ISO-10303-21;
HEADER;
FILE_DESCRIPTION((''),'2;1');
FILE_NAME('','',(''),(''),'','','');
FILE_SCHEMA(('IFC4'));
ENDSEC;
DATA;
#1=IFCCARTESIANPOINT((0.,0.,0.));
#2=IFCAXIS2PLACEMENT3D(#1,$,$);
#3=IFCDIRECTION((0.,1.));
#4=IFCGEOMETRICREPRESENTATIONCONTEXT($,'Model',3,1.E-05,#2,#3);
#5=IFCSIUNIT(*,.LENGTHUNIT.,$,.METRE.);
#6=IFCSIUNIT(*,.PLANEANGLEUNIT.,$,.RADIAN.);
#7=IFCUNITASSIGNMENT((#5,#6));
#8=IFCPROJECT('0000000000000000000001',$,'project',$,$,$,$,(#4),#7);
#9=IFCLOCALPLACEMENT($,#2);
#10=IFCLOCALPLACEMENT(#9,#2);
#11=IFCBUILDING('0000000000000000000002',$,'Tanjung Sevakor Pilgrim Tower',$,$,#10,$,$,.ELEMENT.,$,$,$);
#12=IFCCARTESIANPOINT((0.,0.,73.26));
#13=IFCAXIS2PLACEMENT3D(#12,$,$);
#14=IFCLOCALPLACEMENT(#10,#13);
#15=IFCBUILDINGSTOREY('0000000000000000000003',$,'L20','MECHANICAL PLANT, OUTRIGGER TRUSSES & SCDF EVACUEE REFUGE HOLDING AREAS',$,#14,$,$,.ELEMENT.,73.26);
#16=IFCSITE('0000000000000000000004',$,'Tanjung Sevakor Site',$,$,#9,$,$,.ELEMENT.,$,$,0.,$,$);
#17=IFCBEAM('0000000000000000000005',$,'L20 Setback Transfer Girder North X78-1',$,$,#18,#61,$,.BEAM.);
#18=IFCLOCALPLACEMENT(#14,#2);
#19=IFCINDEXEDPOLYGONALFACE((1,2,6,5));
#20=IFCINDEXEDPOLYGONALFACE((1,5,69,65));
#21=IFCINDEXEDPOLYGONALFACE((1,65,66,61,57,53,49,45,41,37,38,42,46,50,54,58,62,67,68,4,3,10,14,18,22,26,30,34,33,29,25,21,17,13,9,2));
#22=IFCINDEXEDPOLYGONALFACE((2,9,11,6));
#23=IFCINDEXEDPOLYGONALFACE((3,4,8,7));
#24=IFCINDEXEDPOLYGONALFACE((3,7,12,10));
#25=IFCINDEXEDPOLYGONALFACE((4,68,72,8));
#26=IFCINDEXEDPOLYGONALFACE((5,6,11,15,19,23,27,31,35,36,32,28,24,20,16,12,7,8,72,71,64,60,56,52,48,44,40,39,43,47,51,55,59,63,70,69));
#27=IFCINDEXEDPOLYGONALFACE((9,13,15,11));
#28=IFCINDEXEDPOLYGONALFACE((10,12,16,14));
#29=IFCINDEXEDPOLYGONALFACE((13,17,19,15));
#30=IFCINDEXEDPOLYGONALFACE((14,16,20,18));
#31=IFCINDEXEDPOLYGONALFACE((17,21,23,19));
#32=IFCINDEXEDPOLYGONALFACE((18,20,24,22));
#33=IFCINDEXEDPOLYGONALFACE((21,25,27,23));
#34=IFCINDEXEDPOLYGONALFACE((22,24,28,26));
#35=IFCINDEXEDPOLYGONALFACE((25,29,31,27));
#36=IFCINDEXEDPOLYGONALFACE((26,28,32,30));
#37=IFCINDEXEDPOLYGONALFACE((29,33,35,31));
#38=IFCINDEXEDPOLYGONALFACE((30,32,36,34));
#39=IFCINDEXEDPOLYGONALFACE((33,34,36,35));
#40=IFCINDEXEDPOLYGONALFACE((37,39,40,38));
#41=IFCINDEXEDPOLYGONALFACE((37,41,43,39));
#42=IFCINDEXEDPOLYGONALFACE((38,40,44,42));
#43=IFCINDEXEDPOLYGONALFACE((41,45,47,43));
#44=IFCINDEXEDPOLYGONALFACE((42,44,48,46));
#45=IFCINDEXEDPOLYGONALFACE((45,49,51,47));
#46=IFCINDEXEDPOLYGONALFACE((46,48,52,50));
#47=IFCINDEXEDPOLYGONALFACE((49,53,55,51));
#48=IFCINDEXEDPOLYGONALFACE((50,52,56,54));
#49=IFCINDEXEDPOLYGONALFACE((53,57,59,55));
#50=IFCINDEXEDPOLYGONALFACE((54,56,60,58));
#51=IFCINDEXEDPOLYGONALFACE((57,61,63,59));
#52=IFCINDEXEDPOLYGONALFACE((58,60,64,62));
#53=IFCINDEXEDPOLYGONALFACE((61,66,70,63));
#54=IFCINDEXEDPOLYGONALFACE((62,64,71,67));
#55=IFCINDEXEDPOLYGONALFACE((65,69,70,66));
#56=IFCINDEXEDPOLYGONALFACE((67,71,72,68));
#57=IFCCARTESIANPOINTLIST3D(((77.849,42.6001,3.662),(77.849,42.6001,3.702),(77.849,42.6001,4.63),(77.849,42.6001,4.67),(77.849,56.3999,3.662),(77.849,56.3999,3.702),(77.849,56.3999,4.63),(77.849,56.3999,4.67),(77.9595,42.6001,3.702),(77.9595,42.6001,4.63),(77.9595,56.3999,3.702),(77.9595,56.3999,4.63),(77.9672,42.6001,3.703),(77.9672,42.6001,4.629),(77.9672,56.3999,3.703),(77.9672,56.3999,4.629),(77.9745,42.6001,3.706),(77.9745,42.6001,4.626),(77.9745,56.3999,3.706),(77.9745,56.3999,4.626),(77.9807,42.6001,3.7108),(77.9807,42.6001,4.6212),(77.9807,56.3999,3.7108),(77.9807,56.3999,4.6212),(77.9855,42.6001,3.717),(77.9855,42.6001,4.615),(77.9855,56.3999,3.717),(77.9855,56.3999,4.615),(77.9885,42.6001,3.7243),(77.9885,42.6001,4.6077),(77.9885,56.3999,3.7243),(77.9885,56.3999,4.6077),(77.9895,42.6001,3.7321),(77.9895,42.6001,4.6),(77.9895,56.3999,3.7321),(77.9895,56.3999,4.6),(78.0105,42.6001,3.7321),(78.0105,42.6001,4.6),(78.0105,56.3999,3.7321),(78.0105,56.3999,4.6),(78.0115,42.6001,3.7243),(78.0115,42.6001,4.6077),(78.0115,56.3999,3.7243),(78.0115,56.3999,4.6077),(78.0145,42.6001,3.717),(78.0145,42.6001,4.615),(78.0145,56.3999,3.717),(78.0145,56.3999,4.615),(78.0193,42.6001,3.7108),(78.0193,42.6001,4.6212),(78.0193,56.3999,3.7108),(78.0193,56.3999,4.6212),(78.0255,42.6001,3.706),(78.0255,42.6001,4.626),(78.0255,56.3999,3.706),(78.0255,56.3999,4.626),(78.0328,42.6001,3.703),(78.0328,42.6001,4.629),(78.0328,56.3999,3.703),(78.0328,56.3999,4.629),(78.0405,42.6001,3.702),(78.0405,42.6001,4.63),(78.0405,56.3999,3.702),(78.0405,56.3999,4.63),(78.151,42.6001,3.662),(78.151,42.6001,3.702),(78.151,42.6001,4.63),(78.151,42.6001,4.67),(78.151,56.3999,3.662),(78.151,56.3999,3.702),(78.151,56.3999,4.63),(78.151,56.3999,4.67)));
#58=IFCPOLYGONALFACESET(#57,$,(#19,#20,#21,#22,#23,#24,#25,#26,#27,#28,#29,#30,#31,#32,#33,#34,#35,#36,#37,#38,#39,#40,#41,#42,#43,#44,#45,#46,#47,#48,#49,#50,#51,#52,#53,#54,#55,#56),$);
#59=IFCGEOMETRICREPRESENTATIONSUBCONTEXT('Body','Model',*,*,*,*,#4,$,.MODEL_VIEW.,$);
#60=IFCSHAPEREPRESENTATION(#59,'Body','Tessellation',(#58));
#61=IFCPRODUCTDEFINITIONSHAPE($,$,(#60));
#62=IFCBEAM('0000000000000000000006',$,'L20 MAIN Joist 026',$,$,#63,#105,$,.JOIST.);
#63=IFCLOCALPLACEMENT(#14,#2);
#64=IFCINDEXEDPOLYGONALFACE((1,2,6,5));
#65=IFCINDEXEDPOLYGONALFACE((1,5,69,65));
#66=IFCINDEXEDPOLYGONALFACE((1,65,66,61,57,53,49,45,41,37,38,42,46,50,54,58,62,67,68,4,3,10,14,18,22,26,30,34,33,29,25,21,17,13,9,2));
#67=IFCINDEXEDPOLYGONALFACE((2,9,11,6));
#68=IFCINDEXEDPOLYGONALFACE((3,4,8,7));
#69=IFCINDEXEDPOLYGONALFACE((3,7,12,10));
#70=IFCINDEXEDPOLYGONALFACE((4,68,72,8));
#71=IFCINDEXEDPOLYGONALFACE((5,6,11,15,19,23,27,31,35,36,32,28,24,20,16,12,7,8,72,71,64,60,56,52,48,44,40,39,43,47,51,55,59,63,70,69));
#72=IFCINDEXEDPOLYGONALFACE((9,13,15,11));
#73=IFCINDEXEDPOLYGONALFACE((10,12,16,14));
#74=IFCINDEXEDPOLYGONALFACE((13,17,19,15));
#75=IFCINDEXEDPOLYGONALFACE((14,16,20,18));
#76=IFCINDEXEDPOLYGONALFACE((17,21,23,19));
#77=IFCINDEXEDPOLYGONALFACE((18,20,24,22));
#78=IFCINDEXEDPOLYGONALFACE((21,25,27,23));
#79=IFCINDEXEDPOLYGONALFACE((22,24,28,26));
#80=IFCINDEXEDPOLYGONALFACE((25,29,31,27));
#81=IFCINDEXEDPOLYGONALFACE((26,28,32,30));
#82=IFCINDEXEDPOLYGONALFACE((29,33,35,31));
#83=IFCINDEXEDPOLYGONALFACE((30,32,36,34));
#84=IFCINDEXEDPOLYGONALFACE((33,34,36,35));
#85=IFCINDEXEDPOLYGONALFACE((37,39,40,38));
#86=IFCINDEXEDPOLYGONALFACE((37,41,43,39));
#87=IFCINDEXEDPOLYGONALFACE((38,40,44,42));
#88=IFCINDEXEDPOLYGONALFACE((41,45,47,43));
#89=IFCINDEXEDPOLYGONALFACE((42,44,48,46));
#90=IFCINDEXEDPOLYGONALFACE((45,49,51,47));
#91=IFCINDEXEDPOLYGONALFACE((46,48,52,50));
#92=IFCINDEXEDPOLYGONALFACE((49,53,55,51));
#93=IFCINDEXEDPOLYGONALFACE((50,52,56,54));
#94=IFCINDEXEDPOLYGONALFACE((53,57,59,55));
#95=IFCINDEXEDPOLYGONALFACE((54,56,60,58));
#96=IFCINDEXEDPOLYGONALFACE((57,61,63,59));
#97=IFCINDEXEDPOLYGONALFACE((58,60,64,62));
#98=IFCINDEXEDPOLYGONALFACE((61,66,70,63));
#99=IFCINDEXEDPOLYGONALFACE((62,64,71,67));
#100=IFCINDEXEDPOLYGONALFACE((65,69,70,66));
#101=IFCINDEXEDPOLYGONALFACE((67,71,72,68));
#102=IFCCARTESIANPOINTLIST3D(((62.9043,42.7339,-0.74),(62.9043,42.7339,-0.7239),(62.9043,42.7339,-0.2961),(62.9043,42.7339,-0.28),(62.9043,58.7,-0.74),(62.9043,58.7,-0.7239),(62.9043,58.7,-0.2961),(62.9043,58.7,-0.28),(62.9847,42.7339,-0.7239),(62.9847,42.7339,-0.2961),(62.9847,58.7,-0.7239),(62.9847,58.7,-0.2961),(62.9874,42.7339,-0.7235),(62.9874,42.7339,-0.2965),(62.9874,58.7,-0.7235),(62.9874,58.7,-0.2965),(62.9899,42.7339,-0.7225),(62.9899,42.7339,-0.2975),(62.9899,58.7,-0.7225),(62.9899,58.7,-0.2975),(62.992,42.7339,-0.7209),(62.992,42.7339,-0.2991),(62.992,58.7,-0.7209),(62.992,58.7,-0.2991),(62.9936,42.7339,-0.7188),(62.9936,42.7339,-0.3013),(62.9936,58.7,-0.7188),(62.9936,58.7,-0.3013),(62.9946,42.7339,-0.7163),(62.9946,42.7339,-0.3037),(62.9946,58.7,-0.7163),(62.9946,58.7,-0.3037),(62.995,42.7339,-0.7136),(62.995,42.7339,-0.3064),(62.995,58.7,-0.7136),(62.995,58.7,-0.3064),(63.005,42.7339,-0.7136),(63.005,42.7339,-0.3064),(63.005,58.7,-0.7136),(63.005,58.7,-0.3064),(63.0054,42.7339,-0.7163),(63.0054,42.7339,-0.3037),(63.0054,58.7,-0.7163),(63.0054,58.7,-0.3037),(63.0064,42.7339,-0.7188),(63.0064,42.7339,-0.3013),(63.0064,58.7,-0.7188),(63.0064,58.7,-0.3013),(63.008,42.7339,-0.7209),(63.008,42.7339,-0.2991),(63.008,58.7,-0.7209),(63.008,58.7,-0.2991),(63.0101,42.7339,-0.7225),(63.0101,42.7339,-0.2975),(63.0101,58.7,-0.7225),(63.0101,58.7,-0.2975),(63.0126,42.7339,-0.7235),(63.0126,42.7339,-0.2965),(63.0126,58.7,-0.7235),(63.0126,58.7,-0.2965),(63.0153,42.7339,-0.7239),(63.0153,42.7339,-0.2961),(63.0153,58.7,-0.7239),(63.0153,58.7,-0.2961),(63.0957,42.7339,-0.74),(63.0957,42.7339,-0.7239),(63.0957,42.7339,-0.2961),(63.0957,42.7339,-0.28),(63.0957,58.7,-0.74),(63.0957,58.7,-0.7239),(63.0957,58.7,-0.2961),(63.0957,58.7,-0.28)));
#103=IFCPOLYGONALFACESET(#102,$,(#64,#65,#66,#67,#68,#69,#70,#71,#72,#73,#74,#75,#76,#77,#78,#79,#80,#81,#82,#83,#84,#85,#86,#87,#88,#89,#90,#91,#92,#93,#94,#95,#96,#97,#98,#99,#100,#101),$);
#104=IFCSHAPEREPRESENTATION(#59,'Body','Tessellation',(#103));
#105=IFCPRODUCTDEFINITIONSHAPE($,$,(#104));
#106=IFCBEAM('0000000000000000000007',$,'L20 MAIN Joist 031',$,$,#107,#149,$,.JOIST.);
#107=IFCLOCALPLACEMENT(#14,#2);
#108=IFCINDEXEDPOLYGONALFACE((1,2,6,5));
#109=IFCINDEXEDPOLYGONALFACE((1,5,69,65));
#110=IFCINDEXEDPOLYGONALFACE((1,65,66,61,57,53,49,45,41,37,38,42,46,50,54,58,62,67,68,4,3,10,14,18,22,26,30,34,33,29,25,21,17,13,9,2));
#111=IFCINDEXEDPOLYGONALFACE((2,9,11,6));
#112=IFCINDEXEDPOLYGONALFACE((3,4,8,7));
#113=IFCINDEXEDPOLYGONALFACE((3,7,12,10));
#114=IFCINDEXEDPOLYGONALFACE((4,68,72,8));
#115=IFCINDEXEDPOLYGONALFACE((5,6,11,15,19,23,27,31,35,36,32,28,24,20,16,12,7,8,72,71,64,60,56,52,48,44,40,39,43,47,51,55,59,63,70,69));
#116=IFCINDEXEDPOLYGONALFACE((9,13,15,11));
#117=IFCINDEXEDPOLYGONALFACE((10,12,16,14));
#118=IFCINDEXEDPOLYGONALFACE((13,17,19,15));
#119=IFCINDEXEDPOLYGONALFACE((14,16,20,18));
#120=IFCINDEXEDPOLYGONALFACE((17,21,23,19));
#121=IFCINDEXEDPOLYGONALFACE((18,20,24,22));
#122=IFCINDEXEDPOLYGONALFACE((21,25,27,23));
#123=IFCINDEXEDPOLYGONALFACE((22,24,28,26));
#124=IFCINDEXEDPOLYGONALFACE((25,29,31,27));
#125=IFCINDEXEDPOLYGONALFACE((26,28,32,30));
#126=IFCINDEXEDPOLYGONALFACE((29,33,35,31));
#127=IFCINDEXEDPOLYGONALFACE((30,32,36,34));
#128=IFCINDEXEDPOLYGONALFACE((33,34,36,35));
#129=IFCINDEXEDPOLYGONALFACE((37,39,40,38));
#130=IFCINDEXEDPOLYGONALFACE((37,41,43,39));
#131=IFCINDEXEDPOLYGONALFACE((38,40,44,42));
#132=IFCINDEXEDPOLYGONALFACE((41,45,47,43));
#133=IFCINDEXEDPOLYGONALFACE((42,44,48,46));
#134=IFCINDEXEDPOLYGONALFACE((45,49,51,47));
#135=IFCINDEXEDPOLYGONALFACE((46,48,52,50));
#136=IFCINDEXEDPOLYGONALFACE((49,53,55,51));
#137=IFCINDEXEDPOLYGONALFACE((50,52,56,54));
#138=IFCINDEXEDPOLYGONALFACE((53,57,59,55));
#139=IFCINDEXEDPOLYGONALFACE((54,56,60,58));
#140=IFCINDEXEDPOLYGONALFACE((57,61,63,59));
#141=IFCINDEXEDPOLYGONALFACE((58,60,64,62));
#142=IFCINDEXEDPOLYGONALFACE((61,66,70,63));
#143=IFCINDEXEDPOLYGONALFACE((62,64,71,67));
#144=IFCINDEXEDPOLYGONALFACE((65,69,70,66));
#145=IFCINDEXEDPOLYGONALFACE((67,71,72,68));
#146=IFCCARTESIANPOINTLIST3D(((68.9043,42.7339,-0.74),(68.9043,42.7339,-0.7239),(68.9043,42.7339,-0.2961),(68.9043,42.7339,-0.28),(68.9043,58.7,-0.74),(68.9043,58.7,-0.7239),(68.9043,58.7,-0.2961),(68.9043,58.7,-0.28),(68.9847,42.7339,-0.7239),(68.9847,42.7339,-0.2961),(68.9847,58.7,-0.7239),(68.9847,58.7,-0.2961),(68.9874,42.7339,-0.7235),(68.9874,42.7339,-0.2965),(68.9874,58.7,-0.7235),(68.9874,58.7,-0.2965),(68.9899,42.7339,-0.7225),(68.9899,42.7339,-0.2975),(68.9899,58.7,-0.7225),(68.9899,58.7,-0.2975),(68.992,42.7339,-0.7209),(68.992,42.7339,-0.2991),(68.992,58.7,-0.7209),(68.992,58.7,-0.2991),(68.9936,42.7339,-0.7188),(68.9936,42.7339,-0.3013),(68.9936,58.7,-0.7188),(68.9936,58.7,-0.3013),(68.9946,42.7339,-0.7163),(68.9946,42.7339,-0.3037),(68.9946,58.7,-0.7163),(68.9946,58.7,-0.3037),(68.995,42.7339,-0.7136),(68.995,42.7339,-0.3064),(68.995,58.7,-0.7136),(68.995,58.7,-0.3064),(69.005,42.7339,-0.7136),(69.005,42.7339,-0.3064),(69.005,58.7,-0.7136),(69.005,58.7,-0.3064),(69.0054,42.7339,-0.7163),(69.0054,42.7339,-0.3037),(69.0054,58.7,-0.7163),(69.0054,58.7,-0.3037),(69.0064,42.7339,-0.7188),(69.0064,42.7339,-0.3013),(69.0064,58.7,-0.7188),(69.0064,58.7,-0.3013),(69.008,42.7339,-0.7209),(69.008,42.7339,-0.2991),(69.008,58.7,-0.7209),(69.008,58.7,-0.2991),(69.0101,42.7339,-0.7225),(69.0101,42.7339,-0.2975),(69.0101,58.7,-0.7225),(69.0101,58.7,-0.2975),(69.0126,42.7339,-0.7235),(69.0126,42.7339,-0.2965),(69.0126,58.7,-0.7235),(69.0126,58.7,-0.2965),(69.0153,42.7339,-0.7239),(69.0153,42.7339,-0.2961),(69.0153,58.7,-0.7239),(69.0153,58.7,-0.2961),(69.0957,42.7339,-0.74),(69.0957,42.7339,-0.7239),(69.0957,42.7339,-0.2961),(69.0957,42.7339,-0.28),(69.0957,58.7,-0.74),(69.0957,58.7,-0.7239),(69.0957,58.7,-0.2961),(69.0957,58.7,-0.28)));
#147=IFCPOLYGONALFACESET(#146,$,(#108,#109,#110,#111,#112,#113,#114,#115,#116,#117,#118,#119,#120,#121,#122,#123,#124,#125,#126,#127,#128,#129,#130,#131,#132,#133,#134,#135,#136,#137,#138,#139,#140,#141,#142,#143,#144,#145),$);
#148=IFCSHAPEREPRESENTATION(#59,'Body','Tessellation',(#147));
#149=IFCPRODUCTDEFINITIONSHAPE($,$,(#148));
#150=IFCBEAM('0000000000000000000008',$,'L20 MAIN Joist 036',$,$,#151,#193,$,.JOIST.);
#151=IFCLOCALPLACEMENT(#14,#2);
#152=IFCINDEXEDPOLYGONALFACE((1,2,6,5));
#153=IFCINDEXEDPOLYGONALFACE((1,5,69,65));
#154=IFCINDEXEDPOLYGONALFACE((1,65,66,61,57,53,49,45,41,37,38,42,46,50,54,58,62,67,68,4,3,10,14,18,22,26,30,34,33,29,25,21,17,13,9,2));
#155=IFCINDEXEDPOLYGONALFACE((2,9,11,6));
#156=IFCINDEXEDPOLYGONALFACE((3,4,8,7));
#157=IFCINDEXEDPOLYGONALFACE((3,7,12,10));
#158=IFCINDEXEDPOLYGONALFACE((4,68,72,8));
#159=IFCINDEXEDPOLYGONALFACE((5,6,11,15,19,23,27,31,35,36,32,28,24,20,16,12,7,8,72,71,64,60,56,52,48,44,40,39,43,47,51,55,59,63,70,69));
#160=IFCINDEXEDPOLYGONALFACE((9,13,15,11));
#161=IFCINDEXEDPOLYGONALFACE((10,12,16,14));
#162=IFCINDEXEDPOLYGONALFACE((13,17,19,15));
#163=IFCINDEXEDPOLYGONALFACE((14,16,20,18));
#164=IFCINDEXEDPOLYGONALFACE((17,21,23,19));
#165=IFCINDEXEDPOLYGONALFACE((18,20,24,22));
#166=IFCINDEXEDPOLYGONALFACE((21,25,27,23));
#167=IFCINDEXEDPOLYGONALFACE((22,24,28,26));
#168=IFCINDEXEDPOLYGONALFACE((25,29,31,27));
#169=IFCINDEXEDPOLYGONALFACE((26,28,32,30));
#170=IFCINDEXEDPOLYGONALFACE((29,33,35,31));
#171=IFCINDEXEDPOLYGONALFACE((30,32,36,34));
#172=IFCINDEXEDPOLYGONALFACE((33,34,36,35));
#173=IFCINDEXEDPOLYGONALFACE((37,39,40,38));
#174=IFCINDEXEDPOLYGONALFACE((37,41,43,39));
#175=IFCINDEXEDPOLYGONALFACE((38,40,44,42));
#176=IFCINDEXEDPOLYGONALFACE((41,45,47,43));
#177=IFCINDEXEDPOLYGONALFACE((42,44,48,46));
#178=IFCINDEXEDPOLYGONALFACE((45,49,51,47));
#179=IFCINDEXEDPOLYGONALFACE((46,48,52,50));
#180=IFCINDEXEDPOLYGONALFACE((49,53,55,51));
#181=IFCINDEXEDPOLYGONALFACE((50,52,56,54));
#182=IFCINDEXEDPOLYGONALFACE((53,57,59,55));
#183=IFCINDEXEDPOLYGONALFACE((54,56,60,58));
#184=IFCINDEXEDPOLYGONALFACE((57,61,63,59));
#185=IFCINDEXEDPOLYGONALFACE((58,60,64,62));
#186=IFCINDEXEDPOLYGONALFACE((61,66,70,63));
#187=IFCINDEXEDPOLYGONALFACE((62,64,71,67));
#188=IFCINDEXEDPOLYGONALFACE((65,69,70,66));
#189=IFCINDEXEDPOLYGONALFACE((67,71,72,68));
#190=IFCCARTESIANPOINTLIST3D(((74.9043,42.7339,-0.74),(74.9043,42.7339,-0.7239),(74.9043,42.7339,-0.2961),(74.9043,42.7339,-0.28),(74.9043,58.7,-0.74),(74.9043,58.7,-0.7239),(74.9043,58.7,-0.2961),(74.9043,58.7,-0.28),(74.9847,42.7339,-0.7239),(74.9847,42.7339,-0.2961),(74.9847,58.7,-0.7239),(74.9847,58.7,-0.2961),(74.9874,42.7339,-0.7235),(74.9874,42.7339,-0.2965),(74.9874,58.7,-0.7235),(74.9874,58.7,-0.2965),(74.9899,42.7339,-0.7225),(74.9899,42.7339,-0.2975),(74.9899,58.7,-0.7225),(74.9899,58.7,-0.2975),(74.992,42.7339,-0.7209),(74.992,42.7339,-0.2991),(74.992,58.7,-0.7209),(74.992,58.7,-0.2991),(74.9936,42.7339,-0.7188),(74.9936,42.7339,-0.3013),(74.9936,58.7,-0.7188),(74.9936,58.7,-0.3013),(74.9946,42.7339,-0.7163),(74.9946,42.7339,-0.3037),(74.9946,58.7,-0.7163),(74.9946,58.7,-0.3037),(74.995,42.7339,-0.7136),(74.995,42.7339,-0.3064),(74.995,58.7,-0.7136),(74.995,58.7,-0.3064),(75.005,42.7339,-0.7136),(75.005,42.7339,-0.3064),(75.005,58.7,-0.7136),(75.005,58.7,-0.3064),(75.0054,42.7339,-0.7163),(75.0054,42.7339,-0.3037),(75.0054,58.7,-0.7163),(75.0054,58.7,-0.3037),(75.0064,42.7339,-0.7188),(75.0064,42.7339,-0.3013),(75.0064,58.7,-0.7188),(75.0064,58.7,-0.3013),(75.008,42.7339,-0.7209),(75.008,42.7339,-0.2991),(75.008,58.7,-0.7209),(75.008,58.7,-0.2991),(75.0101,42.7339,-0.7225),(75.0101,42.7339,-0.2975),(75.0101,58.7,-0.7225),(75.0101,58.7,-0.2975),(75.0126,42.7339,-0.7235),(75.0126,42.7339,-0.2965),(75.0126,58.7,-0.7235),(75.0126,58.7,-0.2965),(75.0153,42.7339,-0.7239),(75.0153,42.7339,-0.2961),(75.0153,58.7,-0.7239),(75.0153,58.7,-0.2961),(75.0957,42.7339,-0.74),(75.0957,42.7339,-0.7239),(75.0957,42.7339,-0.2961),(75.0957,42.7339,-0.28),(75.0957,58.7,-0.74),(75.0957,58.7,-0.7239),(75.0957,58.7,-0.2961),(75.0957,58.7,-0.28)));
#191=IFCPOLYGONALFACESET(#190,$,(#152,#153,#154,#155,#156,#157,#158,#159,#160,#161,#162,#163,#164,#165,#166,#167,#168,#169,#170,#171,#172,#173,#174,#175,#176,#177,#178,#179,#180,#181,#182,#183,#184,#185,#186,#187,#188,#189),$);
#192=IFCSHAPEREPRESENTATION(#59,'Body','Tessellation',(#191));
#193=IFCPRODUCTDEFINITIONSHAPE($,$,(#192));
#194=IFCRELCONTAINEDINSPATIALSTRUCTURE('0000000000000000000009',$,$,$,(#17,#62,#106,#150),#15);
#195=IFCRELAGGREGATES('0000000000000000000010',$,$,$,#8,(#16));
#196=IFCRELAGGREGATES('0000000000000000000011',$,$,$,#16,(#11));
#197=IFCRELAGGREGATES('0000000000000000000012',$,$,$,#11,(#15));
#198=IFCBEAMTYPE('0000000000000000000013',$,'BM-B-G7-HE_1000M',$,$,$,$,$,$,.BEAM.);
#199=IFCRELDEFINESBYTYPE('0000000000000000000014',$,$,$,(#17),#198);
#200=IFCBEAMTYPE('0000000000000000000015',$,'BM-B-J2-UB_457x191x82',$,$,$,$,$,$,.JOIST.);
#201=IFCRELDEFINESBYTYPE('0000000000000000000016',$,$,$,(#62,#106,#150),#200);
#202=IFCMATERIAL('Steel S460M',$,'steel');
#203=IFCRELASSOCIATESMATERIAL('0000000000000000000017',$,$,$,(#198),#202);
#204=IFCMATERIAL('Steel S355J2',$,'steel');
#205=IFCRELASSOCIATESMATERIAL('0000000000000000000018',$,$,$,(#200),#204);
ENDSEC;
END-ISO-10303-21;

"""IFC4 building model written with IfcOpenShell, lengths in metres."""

from ifc_helpers import new_model, si_unit, direction, frame, origin, origin_2d, place, context, subcontext, project, spatial, i_section, extrude, material, material_profile, profile_set, type_object, element, save


model = new_model("IFC4")

# Units and contexts
model_context = context("Model", 3, precision=1e-05, world=origin(), true_north=direction((0.0, 1.0)))
body_context = subcontext(model_context, "Body", "Model", "MODEL_VIEW")
ifc_project = project(units=[si_unit("LENGTHUNIT", "METRE"), si_unit("PLANEANGLEUNIT", "RADIAN")], contexts=[model_context])

# Site, building, storey
site_placement = place(None, origin())
site = spatial("IfcSite", under=ifc_project, at=site_placement, Name="Tanjung Sevakor Site", CompositionType="ELEMENT", RefElevation=0.0)
building_placement = place(site_placement, origin())
building = spatial("IfcBuilding", under=site, at=building_placement, Name="Tanjung Sevakor Pilgrim Tower", CompositionType="ELEMENT")
storey_placement = place(building_placement, frame((0.0, 0.0, 73.26)))
storey = spatial("IfcBuildingStorey", under=building, at=storey_placement, Name="L20", Description="MECHANICAL PLANT, OUTRIGGER TRUSSES & SCDF EVACUEE REFUGE HOLDING AREAS", CompositionType="ELEMENT", Elevation=73.26)

# Beams
ifc_material_1 = material(Name="Steel S460M", Category="steel")
ifc_material_profile_1 = material_profile(ifc_material_1, i_section(OverallWidth=0.302, OverallDepth=1.0081, WebThickness=0.021, FlangeThickness=0.04, FilletRadius=0.03, at=origin_2d()))
ifc_profile_set_1 = profile_set([ifc_material_profile_1], Name="Steel S460M")
beam_type_1 = type_object("IfcBeamType", Name="BM-B-G7-HE_1000M", PredefinedType="BEAM", material=ifc_profile_set_1)
for number, where, z_axis, x_axis, name in (
    (1, (78.0, 42.6001, 4.166), (0.0, 1.0, 0.0), (-1.0, 0.0, 0.0), "L20 Setback Transfer Girder North X78-1"),
):
    element("IfcBeam", number, at=place(storey_placement, frame(where, z_axis=z_axis, x_axis=x_axis)), inside=storey, type_object=beam_type_1, Name=name, PredefinedType="BEAM", context=body_context, shape_type="SweptSolid", body=[
        extrude(i_section(OverallWidth=0.302, OverallDepth=1.0081, WebThickness=0.021, FlangeThickness=0.04, FilletRadius=0.03, at=origin_2d()), origin(), (0.0, 0.0, 1.0), 13.7998),
    ])
ifc_material_2 = material(Name="Steel S355J2", Category="steel")
ifc_material_profile_2 = material_profile(ifc_material_2, i_section(OverallWidth=0.1914, OverallDepth=0.46, WebThickness=0.01, FlangeThickness=0.0161, FilletRadius=0.0103, at=origin_2d()))
ifc_profile_set_2 = profile_set([ifc_material_profile_2], Name="Steel S355J2")
beam_type_2 = type_object("IfcBeamType", Name="BM-B-J2-UB_457x191x82", PredefinedType="JOIST", material=ifc_profile_set_2)
for number, where, z_axis, x_axis, name in (
    (2, (63.0, 42.7339, -0.51), (0.0, 1.0, 0.0), (-1.0, 0.0, 0.0), "L20 MAIN Joist 026"),
    (3, (69.0, 42.7339, -0.51), (0.0, 1.0, 0.0), (-1.0, 0.0, 0.0), "L20 MAIN Joist 031"),
    (4, (75.0, 42.7339, -0.51), (0.0, 1.0, 0.0), (-1.0, 0.0, 0.0), "L20 MAIN Joist 036"),
):
    element("IfcBeam", number, at=place(storey_placement, frame(where, z_axis=z_axis, x_axis=x_axis)), inside=storey, type_object=beam_type_2, Name=name, PredefinedType="JOIST", context=body_context, shape_type="SweptSolid", body=[
        extrude(i_section(OverallWidth=0.1914, OverallDepth=0.46, WebThickness=0.01, FlangeThickness=0.0161, FilletRadius=0.0103, at=origin_2d()), origin(), (0.0, 0.0, 1.0), 15.9661),
    ])

save(model, "model.ifc")
